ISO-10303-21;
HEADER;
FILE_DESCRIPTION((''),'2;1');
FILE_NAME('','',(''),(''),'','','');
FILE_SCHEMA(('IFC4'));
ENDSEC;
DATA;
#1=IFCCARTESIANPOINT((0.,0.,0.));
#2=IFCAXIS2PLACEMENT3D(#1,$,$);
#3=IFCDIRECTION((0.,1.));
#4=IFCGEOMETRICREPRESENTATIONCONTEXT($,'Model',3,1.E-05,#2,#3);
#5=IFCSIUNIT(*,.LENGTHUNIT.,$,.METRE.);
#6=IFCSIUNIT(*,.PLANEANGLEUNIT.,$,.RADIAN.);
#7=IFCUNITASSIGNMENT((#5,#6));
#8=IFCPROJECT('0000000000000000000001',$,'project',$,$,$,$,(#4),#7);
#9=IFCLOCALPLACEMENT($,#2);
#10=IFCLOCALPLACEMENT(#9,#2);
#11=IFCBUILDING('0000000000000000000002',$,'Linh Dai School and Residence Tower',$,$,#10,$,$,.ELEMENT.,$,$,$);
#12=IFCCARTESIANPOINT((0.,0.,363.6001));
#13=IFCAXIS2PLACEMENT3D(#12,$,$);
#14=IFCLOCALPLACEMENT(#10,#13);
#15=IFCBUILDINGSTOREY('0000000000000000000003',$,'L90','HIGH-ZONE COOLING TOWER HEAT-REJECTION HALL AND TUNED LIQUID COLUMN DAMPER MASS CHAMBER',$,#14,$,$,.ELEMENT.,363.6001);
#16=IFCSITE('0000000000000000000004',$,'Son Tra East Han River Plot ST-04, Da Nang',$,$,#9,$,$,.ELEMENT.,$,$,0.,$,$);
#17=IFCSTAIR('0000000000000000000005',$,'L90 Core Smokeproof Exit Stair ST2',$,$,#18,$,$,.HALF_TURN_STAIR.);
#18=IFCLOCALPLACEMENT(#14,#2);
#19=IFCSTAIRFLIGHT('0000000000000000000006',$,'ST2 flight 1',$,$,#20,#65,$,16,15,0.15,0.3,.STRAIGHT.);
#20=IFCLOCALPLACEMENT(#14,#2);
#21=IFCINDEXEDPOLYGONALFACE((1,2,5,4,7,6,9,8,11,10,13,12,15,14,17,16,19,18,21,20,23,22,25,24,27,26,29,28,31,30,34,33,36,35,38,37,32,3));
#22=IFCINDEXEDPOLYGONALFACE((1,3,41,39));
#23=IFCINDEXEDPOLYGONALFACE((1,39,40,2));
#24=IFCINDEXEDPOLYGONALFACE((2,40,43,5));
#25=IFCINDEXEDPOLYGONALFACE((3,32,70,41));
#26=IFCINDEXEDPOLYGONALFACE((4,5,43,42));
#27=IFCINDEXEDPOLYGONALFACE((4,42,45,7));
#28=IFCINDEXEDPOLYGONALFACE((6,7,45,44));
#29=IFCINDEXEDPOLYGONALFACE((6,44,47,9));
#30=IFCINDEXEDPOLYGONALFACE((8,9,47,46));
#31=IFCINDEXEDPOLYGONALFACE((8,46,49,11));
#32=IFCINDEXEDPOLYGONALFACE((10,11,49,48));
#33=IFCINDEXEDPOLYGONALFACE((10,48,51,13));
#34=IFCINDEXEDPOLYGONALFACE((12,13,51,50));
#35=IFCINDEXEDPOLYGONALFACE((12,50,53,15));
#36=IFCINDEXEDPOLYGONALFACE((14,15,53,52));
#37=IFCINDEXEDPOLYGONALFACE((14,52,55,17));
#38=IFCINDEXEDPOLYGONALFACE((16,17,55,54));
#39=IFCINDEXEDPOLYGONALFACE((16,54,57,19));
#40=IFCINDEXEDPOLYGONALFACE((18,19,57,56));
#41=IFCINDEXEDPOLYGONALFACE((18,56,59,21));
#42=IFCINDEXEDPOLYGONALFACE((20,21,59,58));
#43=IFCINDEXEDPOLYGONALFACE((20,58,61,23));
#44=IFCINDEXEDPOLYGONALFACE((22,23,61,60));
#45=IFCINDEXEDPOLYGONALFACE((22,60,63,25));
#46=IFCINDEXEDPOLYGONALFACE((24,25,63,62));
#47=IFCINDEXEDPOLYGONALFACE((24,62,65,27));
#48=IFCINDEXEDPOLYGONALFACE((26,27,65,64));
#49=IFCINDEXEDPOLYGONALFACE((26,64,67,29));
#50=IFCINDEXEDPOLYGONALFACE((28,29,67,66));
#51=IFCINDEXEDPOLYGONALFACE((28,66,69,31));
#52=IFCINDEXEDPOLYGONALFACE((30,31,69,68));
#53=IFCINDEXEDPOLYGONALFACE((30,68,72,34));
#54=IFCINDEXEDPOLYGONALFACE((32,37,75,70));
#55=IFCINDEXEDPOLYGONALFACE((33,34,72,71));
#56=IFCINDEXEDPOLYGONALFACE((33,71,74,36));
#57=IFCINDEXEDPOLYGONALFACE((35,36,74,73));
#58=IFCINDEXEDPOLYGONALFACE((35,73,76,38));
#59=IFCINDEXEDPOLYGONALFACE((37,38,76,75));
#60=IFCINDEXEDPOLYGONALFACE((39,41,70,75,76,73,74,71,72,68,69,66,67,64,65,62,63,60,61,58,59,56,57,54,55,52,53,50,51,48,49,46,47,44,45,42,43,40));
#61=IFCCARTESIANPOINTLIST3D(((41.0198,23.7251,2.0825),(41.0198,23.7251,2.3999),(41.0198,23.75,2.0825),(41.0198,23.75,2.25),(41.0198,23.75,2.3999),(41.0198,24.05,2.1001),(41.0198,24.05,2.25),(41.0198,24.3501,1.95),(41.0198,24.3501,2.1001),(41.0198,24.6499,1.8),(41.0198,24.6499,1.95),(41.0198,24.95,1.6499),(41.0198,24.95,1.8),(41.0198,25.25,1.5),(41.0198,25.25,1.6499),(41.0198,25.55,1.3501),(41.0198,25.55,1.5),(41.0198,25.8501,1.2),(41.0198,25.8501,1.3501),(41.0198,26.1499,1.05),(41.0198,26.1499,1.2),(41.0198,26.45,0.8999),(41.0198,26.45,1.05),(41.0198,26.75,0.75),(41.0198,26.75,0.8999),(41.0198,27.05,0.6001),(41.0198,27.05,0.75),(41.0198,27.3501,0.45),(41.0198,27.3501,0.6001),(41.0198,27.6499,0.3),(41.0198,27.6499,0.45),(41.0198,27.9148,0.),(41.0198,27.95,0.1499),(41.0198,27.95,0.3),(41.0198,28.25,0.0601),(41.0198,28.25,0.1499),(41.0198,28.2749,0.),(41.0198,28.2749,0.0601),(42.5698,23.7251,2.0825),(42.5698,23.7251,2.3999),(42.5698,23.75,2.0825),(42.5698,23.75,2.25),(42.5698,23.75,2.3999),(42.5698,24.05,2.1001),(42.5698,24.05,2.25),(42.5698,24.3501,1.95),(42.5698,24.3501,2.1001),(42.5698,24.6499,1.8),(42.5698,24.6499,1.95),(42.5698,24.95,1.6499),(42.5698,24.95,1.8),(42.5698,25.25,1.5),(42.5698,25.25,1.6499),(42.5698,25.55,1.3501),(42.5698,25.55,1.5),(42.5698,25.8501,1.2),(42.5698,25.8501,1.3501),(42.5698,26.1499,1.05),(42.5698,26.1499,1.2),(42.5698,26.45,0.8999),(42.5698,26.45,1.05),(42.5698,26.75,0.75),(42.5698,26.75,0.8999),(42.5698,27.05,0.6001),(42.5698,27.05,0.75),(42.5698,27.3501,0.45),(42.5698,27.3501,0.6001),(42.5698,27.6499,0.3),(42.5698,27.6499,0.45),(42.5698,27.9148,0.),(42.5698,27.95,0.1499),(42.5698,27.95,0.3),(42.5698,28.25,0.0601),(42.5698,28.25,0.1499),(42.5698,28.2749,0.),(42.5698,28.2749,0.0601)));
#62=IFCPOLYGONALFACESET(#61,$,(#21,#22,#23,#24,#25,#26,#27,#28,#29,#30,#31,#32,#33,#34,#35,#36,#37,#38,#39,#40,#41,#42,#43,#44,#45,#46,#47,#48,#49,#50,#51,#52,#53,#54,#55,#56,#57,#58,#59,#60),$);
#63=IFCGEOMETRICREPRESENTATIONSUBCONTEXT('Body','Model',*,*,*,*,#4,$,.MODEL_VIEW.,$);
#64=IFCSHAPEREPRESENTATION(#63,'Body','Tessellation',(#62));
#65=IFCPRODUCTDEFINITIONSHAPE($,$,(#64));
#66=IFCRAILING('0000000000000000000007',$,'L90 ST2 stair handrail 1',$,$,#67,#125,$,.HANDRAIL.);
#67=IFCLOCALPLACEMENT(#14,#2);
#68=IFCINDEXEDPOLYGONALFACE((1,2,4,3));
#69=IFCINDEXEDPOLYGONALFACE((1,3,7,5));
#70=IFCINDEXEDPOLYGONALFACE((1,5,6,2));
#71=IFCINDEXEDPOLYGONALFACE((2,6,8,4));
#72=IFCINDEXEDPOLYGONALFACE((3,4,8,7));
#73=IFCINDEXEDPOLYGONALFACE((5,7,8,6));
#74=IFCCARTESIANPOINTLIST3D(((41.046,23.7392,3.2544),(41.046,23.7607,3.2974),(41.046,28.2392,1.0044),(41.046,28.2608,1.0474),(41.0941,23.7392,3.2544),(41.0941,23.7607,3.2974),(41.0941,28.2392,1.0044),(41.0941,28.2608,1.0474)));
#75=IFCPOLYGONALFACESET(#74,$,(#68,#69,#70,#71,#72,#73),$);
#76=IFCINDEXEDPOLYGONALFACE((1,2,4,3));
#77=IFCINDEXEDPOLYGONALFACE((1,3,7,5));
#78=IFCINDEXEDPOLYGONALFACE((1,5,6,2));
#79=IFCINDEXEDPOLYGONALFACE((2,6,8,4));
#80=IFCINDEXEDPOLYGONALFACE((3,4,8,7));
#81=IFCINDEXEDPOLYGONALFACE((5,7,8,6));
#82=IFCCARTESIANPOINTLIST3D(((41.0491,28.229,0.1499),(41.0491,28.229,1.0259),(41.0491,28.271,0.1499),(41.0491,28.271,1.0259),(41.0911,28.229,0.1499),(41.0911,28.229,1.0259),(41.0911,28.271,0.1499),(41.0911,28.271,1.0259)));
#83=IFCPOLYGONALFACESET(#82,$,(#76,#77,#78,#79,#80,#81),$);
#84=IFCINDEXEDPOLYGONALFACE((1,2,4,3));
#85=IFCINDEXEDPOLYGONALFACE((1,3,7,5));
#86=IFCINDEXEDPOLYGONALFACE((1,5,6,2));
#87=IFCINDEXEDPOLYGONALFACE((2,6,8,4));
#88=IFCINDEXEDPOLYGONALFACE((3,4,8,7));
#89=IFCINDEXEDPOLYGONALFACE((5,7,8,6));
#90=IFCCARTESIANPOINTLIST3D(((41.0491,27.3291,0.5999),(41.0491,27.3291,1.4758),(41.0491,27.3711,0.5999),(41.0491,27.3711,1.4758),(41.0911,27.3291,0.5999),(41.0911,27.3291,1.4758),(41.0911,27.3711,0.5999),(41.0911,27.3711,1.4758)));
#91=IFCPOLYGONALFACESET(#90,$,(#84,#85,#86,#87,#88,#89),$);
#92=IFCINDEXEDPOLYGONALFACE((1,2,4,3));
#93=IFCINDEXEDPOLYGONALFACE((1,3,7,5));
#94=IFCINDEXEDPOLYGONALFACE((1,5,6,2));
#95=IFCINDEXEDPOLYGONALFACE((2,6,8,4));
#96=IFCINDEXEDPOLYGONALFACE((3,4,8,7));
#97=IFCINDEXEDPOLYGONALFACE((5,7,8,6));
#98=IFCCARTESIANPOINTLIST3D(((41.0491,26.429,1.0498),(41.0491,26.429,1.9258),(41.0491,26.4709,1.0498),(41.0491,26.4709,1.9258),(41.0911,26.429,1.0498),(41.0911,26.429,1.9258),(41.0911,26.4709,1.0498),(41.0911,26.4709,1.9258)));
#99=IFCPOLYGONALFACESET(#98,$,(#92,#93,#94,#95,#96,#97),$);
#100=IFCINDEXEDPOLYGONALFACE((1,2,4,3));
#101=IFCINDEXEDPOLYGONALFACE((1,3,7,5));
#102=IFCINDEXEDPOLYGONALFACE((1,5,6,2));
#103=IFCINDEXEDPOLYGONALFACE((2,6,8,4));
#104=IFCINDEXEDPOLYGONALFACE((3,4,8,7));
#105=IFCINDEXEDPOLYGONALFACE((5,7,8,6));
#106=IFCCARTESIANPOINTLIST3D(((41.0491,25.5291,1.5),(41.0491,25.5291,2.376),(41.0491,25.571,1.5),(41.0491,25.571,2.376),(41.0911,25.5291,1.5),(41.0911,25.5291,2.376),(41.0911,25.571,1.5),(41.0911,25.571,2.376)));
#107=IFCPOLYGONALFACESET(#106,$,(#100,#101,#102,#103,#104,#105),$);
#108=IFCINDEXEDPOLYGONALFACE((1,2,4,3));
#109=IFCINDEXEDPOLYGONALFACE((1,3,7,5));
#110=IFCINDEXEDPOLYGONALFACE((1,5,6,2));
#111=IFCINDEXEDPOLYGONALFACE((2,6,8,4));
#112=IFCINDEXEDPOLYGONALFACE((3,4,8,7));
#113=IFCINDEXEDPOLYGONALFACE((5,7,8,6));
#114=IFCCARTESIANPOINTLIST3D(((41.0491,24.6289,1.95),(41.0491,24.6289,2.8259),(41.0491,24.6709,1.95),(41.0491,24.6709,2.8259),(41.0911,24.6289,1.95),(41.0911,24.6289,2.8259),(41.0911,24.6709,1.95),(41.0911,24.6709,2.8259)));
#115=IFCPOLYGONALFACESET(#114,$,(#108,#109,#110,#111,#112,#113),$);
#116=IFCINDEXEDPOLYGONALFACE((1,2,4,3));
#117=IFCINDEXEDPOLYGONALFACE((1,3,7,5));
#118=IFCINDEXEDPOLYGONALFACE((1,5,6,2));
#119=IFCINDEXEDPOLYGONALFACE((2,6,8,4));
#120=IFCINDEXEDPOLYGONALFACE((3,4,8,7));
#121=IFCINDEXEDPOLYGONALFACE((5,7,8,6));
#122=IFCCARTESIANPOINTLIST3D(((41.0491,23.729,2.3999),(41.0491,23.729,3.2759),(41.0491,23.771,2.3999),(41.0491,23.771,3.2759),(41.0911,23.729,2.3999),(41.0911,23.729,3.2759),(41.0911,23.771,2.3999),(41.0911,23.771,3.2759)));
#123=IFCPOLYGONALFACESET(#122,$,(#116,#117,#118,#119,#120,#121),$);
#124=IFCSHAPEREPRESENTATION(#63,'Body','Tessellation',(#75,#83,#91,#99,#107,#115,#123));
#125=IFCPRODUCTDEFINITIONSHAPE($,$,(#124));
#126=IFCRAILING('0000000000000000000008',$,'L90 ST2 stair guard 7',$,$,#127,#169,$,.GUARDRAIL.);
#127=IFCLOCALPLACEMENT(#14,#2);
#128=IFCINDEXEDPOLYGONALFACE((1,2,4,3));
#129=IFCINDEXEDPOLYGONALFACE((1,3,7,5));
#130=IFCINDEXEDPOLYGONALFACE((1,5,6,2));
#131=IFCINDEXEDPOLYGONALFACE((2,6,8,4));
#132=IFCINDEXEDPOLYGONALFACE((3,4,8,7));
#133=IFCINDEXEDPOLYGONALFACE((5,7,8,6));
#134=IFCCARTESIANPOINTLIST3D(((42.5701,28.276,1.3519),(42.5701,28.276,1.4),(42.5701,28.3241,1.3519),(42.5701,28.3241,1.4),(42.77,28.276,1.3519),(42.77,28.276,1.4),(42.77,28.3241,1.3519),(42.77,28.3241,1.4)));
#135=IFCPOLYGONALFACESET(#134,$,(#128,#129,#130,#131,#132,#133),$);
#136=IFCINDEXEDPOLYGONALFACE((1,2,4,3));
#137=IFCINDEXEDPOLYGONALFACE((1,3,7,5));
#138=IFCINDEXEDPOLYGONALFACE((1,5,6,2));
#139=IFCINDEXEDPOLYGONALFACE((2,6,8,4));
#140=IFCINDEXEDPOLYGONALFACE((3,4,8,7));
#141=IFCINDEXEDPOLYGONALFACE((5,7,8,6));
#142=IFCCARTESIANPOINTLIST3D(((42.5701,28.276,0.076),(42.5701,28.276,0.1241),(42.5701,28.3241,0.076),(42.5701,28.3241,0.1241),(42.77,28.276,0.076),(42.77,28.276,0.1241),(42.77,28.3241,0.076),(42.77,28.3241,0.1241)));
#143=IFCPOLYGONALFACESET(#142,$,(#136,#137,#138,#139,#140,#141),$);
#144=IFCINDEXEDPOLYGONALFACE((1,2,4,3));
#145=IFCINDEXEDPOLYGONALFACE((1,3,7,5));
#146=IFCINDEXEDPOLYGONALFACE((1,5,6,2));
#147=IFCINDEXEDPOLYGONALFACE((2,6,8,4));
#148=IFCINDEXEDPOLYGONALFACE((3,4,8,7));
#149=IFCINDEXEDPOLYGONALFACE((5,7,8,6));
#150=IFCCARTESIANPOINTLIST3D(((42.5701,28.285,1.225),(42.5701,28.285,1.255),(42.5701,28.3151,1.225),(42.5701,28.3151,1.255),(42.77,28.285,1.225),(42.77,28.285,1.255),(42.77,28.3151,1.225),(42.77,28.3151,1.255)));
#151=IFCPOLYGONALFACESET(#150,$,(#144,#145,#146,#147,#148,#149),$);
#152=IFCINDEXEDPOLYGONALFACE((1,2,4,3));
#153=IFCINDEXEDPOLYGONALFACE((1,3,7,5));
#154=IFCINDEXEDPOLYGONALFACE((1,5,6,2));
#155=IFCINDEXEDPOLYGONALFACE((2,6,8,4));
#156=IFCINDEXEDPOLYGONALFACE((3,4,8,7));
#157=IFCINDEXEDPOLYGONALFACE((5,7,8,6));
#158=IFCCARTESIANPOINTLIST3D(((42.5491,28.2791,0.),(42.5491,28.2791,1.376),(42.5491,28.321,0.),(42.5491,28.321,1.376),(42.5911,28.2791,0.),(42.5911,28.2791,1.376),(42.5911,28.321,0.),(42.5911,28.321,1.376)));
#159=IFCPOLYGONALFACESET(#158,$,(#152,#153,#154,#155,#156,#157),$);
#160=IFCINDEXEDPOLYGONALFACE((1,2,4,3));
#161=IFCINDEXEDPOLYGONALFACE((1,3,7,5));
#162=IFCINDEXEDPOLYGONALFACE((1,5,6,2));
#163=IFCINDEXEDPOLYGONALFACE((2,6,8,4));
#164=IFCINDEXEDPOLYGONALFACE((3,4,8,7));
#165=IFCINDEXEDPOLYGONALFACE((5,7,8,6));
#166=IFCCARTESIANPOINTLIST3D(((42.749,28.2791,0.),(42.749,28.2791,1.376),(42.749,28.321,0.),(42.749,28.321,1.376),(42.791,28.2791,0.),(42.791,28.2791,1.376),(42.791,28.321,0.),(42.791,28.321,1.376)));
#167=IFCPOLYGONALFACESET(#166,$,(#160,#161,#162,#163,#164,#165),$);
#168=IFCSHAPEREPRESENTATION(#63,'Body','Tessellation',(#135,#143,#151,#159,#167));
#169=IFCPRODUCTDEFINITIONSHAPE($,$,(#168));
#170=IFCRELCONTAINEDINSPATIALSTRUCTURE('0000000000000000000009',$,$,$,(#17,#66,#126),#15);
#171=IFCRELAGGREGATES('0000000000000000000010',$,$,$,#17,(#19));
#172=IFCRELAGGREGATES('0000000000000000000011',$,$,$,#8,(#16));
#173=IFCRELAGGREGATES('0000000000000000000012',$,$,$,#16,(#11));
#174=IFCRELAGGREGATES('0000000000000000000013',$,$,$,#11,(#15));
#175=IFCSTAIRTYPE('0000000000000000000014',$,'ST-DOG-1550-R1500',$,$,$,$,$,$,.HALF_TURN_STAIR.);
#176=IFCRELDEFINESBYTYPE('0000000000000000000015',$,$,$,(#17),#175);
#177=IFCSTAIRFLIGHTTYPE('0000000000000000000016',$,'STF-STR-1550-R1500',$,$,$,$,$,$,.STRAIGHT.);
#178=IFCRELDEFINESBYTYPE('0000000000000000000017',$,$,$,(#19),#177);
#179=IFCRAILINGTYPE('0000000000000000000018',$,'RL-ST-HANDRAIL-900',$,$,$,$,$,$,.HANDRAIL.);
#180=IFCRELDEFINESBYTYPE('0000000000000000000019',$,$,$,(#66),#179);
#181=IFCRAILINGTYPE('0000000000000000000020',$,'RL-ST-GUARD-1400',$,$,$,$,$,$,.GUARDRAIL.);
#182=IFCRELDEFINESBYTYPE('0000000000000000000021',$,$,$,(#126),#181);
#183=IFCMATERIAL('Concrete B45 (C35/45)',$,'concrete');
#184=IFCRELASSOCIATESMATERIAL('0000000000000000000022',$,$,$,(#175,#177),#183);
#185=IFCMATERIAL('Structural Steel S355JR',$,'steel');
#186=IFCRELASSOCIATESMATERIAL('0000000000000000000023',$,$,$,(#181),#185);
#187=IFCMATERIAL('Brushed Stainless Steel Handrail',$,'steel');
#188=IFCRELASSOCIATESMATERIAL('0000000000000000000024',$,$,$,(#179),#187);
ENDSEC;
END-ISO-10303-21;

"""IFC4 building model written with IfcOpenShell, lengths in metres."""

from ifc_helpers import new_model, si_unit, direction, frame, origin, origin_2d, place, context, subcontext, project, spatial, polyline, rectangle, outline, extrude, source, transform, mapped, material, type_object, element, aggregate, save


model = new_model("IFC4")

# Units and contexts
model_context = context("Model", 3, precision=1e-05, world=origin(), true_north=direction((0.0, 1.0)))
body_context = subcontext(model_context, "Body", "Model", "MODEL_VIEW")
ifc_project = project(units=[si_unit("LENGTHUNIT", "METRE"), si_unit("PLANEANGLEUNIT", "RADIAN")], contexts=[model_context])

# Site, building, storey
site_placement = place(None, origin())
site = spatial("IfcSite", under=ifc_project, at=site_placement, Name="Son Tra East Han River Plot ST-04, Da Nang", CompositionType="ELEMENT", RefElevation=0.0)
building_placement = place(site_placement, origin())
building = spatial("IfcBuilding", under=site, at=building_placement, Name="Linh Dai School and Residence Tower", CompositionType="ELEMENT")
storey_placement = place(building_placement, frame((0.0, 0.0, 363.6001)))
storey = spatial("IfcBuildingStorey", under=building, at=storey_placement, Name="L90", Description="HIGH-ZONE COOLING TOWER HEAT-REJECTION HALL AND TUNED LIQUID COLUMN DAMPER MASS CHAMBER", CompositionType="ELEMENT", Elevation=363.6001)

# Shared definitions
ifc_material_1 = material(Name="Structural Steel S355JR", Category="steel")

# Shared definitions
ifc_material_2 = material(Name="Concrete B45 (C35/45)", Category="concrete")

# Stair, stair flight
stair_type = type_object("IfcStairType", Name="ST-DOG-1550-R1500", PredefinedType="HALF_TURN_STAIR", material=ifc_material_2)
stair_placement = place(storey_placement, origin())
stair = element("IfcStair", 1, at=stair_placement, inside=storey, type_object=stair_type, Name="L90 Core Smokeproof Exit Stair ST2", PredefinedType="HALF_TURN_STAIR")
stair_flight_type = type_object("IfcStairFlightType", Name="STF-STR-1550-R1500", PredefinedType="STRAIGHT", material=ifc_material_2)
shared_shape_1 = source(origin(), body_context, "Body", "SweptSolid", [
    extrude(outline(polyline([(-0.0249, 0.0), (-0.0249, 0.0601), (0.0, 0.0601), (0.0, 0.1499), (0.3, 0.1499), (0.3, 0.3), (0.6001, 0.3), (0.6001, 0.45), (0.8999, 0.45), (0.8999, 0.6001), (1.2, 0.6001), (1.2, 0.75), (1.5, 0.75), (1.5, 0.8999), (1.8, 0.8999), (1.8, 1.05), (2.1001, 1.05), (2.1001, 1.2), (2.3999, 1.2), (2.3999, 1.3501), (2.7, 1.3501), (2.7, 1.5), (3.0, 1.5), (3.0, 1.6499), (3.3, 1.6499), (3.3, 1.8), (3.6001, 1.8), (3.6001, 1.95), (3.8999, 1.95), (3.8999, 2.1001), (4.2, 2.1001), (4.2, 2.25), (4.5, 2.25), (4.5, 2.3999), (4.5249, 2.3999), (4.5249, 2.0825), (4.5, 2.0825), (0.3352, 0.0), (-0.0249, 0.0)])), frame((0.0, 0.7749, 0.0), z_axis=(0.0, -1.0, 0.0), x_axis=(1.0, 0.0, 0.0)), (0.0, 0.0, 1.0), 1.55),
])
stair_flight_placement = place(storey_placement, frame((41.7949, 28.25, 0.0), z_axis=(0.0, 0.0, 1.0), x_axis=(0.0, -1.0, 0.0)))
stair_flight = element("IfcStairFlight", 2, at=stair_flight_placement, type_object=stair_flight_type, Name="ST2 flight 1", NumberOfRisers=16, NumberOfTreads=15, PredefinedType="STRAIGHT", RiserHeight=0.15, TreadLength=0.3, context=body_context, shape_type="MappedRepresentation", body=[
    mapped(shared_shape_1, transform((0.0, 0.0, 0.0), x_axis=(1.0, 0.0, 0.0), y_axis=(0.0, 1.0, 0.0), z_axis=(0.0, 0.0, 1.0), scale=1.0)),
])
aggregate(stair, [stair_flight])

# Railings
railing_type_1 = type_object("IfcRailingType", Name="RL-ST-GUARD-1400", PredefinedType="GUARDRAIL", material=ifc_material_1)
ifc_material_3 = material(Name="Brushed Stainless Steel Handrail", Category="steel")
railing_type_2 = type_object("IfcRailingType", Name="RL-ST-HANDRAIL-900", PredefinedType="HANDRAIL", material=ifc_material_3)
shared_shape_2 = source(origin(), body_context, "Body", "SweptSolid", [
    extrude(rectangle(XDim=0.0481, YDim=0.0481, at=origin_2d()), frame((0.0, 0.0, 0.876), z_axis=(0.0, -0.894427, 0.447214), x_axis=(1.0, 0.0, 0.0)), (0.0, 0.0, 1.0), 5.0312),
    extrude(rectangle(XDim=0.042, YDim=0.042, at=origin_2d()), origin(), (0.0, 0.0, 1.0), 0.876),
    extrude(rectangle(XDim=0.042, YDim=0.042, at=origin_2d()), frame((0.0, -0.8999, 0.45)), (0.0, 0.0, 1.0), 0.876),
    extrude(rectangle(XDim=0.042, YDim=0.042, at=origin_2d()), frame((0.0, -1.8, 0.8999)), (0.0, 0.0, 1.0), 0.876),
    extrude(rectangle(XDim=0.042, YDim=0.042, at=origin_2d()), frame((0.0, -2.7, 1.3501)), (0.0, 0.0, 1.0), 0.876),
    extrude(rectangle(XDim=0.042, YDim=0.042, at=origin_2d()), frame((0.0, -3.6001, 1.8)), (0.0, 0.0, 1.0), 0.876),
    extrude(rectangle(XDim=0.042, YDim=0.042, at=origin_2d()), frame((0.0, -4.5, 2.25)), (0.0, 0.0, 1.0), 0.876),
])
railing_1_placement = place(storey_placement, frame((41.0701, 28.25, 0.1499)))
element("IfcRailing", 3, at=railing_1_placement, inside=storey, type_object=railing_type_2, Name="L90 ST2 stair handrail 1", PredefinedType="HANDRAIL", context=body_context, shape_type="MappedRepresentation", body=[
    mapped(shared_shape_2, transform((0.0, 0.0, 0.0), x_axis=(1.0, 0.0, 0.0), y_axis=(0.0, 1.0, 0.0), z_axis=(0.0, 0.0, 1.0), scale=1.0)),
])
shared_shape_3 = source(origin(), body_context, "Body", "SweptSolid", [
    extrude(rectangle(XDim=0.0481, YDim=0.0481, at=origin_2d()), frame((0.0, 0.0, 1.376), z_axis=(1.0, 0.0, 0.0), x_axis=(0.0, 1.0, 0.0)), (0.0, 0.0, 1.0), 0.2),
    extrude(rectangle(XDim=0.0481, YDim=0.0481, at=origin_2d()), frame((0.0, 0.0, 0.1001), z_axis=(1.0, 0.0, 0.0), x_axis=(0.0, 1.0, 0.0)), (0.0, 0.0, 1.0), 0.2),
    extrude(rectangle(XDim=0.03, YDim=0.03, at=origin_2d()), frame((0.0, 0.0, 1.24), z_axis=(1.0, 0.0, 0.0), x_axis=(0.0, 1.0, 0.0)), (0.0, 0.0, 1.0), 0.2),
    extrude(rectangle(XDim=0.042, YDim=0.042, at=origin_2d()), origin(), (0.0, 0.0, 1.0), 1.376),
    extrude(rectangle(XDim=0.042, YDim=0.042, at=origin_2d()), frame((0.2, 0.0, 0.0)), (0.0, 0.0, 1.0), 1.376),
])
railing_2_placement = place(storey_placement, frame((42.5701, 28.3, 0.0)))
element("IfcRailing", 4, at=railing_2_placement, inside=storey, type_object=railing_type_1, Name="L90 ST2 stair guard 7", PredefinedType="GUARDRAIL", context=body_context, shape_type="MappedRepresentation", body=[
    mapped(shared_shape_3, transform((0.0, 0.0, 0.0), x_axis=(1.0, 0.0, 0.0), y_axis=(0.0, 1.0, 0.0), z_axis=(0.0, 0.0, 1.0), scale=1.0)),
])

save(model, "model.ifc")
